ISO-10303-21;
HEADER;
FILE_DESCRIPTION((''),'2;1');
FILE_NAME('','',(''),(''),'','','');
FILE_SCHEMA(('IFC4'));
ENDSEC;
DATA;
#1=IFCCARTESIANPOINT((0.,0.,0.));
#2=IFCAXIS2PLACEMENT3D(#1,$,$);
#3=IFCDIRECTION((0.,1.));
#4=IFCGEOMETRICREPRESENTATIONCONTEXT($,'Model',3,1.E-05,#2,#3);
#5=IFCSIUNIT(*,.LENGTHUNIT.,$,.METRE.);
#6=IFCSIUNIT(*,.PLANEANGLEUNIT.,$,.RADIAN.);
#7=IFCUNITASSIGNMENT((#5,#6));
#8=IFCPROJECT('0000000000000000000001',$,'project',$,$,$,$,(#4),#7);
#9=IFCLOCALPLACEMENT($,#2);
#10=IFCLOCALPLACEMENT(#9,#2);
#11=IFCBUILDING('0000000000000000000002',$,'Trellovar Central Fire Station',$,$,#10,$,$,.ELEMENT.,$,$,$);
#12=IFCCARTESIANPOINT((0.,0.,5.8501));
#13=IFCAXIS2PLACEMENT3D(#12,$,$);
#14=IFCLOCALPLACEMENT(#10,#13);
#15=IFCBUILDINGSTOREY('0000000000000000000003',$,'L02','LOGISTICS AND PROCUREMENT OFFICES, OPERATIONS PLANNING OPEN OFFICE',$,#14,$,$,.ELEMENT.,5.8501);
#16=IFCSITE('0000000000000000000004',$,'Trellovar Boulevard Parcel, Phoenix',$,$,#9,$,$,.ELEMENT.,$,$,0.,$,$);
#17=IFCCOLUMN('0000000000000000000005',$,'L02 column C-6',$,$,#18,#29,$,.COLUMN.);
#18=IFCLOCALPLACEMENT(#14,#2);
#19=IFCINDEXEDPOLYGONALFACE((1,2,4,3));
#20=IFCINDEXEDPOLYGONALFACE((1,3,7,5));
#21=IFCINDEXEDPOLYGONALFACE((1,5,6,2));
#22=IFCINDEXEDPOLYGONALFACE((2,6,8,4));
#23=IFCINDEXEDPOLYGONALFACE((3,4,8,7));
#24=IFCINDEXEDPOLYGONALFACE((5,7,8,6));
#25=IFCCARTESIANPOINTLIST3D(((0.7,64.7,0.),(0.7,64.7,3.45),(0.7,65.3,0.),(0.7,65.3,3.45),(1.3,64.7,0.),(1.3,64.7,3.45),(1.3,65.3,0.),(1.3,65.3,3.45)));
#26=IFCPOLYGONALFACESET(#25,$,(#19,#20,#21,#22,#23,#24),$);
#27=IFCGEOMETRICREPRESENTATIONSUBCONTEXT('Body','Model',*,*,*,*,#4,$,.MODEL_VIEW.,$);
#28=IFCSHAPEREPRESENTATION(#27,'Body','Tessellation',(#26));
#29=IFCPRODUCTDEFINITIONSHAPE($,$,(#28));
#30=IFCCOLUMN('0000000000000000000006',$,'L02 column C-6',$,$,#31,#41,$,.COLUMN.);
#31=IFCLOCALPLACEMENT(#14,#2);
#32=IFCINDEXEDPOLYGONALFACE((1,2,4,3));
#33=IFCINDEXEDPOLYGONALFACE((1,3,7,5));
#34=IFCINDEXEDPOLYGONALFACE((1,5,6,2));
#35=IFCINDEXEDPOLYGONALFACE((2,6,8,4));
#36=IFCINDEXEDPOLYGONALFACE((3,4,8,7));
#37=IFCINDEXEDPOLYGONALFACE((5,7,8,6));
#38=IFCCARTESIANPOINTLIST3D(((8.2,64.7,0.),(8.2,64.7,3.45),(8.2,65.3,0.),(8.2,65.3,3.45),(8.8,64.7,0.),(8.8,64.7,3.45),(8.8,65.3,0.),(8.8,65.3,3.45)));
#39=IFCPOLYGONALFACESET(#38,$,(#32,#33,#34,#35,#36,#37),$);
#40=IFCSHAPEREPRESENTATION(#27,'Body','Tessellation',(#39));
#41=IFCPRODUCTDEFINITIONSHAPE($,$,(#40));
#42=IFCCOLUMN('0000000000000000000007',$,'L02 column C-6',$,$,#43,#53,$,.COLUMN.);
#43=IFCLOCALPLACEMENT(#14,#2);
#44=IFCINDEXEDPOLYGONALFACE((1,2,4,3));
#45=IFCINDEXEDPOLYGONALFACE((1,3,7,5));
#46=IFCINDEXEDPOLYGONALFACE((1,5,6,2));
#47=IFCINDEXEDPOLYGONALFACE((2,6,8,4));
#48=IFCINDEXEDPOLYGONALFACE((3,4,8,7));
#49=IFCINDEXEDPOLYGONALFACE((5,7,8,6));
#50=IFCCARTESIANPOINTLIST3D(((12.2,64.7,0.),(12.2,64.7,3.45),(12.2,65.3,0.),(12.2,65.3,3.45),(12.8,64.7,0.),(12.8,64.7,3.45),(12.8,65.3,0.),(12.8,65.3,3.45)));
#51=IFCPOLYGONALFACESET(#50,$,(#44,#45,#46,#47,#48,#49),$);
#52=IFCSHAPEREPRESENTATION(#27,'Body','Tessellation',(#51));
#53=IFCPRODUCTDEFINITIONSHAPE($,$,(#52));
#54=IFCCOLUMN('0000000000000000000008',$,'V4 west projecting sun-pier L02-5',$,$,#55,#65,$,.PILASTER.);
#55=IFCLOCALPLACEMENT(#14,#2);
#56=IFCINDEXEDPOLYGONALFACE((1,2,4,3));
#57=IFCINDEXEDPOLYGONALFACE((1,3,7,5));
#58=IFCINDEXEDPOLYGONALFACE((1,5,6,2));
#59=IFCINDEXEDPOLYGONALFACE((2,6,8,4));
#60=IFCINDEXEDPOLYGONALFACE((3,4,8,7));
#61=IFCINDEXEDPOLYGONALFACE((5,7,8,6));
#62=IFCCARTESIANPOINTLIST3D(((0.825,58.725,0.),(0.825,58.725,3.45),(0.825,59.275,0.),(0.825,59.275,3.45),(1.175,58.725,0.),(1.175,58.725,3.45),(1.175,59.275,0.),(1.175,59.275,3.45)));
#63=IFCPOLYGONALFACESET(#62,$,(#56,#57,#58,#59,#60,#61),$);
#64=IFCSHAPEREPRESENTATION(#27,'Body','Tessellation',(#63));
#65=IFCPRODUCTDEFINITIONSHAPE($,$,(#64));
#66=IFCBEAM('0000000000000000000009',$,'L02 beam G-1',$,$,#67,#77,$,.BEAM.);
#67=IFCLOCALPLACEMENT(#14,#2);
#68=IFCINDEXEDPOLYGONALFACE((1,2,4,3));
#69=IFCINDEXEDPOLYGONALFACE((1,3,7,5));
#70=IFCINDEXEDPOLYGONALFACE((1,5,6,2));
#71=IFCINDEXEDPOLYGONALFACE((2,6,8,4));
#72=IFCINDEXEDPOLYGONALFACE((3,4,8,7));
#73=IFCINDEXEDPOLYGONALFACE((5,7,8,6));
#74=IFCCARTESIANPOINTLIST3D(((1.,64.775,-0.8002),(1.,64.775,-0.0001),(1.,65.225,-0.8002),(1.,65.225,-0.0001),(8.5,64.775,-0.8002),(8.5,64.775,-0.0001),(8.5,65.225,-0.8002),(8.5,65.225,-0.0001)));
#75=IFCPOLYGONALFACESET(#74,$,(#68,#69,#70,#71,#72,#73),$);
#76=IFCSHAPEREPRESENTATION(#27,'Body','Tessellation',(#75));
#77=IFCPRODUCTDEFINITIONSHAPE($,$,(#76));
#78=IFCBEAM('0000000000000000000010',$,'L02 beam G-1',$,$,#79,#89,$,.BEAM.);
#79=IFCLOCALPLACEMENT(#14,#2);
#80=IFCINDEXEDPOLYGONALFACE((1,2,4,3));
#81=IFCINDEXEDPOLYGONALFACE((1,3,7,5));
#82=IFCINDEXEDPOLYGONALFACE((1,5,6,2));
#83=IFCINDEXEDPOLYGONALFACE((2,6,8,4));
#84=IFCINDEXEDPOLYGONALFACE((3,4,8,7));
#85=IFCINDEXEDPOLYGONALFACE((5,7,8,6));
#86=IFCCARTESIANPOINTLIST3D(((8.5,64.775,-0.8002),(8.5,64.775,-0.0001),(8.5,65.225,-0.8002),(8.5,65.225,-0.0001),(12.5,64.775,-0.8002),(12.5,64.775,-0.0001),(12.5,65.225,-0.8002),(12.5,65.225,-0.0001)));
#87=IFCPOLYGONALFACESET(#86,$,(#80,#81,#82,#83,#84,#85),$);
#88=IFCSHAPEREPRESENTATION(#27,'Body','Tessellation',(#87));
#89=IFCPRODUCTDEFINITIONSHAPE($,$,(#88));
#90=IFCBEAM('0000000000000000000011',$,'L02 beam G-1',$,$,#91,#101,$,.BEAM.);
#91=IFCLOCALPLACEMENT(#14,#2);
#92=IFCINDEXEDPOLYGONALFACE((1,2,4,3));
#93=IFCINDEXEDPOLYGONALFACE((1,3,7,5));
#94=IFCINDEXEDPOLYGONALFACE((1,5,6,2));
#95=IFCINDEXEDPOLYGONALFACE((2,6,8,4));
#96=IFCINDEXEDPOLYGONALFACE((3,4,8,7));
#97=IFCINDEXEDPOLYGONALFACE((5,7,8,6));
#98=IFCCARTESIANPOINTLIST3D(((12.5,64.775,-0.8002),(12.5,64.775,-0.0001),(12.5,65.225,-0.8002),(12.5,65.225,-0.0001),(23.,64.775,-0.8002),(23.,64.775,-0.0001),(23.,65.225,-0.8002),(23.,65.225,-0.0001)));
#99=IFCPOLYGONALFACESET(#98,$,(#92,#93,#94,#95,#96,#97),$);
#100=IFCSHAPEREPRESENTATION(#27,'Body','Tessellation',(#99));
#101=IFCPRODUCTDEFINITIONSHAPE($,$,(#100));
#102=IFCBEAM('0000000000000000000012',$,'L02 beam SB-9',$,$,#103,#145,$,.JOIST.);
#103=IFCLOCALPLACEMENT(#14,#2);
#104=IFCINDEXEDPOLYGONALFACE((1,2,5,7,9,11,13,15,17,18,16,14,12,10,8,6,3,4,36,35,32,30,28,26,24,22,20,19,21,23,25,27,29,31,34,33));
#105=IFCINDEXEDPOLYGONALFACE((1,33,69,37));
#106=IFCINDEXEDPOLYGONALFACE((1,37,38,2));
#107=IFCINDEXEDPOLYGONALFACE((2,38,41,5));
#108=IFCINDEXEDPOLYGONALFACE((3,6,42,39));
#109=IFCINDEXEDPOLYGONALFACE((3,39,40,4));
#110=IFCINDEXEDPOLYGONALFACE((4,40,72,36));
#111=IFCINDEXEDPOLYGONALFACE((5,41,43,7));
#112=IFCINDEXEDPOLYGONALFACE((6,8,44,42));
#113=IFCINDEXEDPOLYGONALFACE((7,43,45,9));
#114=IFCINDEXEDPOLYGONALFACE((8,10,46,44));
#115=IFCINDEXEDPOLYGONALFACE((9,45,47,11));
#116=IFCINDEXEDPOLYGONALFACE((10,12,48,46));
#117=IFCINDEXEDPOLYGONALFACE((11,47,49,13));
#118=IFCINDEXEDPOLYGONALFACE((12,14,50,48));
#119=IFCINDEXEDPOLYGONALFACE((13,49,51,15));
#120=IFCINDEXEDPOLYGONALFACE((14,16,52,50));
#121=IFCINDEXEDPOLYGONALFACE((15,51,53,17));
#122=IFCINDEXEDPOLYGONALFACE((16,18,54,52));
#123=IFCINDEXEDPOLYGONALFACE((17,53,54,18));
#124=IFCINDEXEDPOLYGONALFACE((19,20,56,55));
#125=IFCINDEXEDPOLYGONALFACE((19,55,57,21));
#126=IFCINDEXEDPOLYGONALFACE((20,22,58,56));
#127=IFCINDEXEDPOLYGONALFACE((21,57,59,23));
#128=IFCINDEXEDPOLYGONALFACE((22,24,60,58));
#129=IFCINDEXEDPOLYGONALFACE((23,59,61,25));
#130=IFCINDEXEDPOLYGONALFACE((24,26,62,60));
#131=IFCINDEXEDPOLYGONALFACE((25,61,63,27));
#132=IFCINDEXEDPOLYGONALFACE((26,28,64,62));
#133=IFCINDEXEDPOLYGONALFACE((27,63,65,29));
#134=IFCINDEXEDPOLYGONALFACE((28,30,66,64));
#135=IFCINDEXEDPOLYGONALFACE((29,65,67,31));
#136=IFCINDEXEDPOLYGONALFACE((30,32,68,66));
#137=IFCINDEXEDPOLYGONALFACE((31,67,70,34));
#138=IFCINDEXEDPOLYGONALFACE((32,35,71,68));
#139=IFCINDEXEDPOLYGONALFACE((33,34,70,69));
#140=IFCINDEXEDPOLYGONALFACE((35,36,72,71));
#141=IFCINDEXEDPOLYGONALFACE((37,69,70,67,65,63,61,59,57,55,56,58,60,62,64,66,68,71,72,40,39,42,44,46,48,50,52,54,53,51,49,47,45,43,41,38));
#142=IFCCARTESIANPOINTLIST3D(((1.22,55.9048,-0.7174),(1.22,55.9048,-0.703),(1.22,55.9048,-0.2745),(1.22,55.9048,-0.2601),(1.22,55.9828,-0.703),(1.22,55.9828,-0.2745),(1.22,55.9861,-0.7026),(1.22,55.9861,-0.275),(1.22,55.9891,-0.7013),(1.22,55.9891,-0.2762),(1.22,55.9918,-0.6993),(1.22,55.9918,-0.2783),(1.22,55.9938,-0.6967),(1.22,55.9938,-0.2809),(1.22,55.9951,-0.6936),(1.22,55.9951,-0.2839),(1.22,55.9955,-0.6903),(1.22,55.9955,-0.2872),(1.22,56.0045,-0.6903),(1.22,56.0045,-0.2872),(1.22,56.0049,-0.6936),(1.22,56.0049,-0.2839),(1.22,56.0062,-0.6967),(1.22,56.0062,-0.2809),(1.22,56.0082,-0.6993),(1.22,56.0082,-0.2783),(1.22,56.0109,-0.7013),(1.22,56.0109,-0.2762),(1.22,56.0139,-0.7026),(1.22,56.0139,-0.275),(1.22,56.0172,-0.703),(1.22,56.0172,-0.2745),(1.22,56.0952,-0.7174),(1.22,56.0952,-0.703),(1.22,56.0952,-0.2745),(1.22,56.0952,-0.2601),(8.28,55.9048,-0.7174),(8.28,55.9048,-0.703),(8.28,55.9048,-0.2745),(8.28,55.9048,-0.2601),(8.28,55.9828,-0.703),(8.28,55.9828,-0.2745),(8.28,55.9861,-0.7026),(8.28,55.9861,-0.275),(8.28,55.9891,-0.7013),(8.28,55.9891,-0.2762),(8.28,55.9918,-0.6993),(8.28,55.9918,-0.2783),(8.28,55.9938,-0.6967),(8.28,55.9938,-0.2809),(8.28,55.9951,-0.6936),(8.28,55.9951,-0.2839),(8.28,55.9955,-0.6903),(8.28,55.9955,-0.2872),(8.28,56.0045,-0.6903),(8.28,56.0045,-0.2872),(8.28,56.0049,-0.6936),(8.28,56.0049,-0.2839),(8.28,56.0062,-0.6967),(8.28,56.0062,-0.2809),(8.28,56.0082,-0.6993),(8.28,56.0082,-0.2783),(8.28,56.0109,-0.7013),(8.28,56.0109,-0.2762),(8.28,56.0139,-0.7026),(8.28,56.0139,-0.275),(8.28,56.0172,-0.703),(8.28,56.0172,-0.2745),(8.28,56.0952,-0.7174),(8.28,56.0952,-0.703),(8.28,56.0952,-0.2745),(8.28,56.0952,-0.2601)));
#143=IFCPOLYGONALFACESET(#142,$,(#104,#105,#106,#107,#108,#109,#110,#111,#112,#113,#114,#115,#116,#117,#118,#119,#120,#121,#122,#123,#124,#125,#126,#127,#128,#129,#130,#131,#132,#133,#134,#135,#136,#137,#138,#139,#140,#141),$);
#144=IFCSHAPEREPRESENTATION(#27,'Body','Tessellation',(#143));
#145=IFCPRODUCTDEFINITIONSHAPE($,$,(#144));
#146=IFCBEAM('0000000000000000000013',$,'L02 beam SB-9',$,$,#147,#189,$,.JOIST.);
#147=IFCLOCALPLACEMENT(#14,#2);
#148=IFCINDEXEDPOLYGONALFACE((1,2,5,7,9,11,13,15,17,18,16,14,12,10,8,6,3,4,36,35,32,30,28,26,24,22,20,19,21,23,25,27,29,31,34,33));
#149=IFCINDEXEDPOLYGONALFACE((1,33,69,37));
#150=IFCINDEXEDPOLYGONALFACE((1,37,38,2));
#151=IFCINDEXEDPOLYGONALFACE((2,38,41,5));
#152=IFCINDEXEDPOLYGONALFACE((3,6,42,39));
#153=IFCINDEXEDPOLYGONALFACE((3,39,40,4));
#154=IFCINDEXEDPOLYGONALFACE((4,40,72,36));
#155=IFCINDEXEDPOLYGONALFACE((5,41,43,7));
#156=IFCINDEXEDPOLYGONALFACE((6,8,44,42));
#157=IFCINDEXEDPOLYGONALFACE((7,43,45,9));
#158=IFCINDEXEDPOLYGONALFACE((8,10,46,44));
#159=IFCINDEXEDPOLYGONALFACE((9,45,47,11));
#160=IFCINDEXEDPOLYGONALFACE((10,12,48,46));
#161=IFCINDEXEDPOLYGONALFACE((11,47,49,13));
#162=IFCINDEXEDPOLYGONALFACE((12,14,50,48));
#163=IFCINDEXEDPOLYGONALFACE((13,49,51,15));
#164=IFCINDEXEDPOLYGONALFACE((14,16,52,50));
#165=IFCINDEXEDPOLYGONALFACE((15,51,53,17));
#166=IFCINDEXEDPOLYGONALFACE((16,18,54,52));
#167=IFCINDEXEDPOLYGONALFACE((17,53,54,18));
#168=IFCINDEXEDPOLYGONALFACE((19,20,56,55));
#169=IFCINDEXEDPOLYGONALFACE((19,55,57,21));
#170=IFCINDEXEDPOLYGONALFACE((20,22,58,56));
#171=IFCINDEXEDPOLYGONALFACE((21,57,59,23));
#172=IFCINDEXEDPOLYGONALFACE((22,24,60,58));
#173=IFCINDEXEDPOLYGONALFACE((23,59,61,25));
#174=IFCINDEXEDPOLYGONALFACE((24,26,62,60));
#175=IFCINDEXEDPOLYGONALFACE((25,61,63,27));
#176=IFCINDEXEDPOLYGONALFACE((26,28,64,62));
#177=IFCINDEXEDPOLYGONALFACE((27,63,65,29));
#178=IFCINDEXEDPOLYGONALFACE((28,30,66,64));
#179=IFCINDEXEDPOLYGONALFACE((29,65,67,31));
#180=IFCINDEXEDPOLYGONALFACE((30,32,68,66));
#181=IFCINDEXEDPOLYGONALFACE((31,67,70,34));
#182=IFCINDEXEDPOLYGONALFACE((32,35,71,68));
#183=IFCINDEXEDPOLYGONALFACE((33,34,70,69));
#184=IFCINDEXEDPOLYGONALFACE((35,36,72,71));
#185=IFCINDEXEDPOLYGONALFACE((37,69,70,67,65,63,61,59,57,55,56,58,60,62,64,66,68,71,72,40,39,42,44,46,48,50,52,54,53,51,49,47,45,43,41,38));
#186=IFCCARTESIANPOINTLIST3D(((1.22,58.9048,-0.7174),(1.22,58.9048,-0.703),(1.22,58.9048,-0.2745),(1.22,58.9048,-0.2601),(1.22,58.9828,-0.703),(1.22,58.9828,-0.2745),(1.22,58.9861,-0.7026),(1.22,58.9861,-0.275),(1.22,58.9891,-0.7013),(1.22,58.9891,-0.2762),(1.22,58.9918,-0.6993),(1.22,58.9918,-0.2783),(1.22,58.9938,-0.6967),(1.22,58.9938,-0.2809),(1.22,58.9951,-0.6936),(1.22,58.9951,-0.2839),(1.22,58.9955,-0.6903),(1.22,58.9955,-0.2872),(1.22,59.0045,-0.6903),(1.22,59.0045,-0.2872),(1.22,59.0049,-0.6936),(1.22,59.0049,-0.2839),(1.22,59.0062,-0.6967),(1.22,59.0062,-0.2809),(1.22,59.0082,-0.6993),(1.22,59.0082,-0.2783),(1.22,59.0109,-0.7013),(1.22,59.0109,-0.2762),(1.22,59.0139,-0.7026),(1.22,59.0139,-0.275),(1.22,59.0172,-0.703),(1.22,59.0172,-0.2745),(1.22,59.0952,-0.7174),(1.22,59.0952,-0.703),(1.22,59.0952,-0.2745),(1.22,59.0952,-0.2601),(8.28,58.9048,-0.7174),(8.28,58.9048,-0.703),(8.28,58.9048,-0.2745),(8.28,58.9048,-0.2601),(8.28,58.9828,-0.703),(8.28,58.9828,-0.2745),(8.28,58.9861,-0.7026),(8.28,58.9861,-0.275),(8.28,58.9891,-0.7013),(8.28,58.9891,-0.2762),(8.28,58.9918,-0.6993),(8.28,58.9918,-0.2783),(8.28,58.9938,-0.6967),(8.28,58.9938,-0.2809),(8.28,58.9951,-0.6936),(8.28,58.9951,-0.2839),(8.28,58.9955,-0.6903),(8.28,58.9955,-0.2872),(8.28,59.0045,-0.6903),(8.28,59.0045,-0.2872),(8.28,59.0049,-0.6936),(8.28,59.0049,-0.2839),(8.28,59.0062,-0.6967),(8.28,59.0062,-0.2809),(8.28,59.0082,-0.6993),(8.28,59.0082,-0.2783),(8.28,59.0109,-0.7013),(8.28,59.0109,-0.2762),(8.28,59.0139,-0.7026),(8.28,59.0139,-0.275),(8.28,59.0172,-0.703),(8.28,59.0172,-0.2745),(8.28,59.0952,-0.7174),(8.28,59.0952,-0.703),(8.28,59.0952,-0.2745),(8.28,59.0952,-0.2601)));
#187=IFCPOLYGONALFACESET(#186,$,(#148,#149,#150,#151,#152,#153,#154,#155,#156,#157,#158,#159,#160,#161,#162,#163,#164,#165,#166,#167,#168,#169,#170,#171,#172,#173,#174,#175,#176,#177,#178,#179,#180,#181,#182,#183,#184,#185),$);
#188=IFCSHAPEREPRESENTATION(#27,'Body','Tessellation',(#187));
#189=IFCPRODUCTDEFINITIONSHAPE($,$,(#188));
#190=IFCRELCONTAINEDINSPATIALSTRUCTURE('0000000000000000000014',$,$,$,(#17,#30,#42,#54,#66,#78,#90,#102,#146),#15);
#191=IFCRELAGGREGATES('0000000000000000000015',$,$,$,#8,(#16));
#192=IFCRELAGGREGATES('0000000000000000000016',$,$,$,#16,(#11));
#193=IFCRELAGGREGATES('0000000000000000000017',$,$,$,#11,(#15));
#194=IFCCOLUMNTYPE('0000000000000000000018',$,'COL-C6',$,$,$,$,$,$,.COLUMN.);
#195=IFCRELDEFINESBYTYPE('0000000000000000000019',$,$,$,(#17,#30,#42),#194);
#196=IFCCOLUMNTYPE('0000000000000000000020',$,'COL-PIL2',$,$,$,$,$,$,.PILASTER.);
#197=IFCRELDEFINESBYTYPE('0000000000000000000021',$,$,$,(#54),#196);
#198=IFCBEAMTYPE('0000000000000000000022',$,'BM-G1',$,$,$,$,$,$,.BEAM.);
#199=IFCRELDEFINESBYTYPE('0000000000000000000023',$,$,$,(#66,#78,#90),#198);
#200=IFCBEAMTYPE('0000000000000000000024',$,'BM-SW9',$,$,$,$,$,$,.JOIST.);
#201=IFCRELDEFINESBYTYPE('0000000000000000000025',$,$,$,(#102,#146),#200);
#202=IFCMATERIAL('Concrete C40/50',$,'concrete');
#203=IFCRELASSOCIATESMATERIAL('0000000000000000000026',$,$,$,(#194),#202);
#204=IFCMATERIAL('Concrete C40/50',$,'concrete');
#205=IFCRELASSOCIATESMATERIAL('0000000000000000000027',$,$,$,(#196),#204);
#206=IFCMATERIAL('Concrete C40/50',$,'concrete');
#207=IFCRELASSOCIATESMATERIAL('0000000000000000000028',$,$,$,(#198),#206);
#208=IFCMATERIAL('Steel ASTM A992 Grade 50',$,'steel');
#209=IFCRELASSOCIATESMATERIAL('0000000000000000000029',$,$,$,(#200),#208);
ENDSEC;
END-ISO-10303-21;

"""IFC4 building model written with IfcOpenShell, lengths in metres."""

from ifc_helpers import new_model, si_unit, direction, frame, origin, origin_2d, place, context, subcontext, project, spatial, rectangle, i_section, extrude, material, material_profile, profile_set, type_object, element, save


model = new_model("IFC4")

# Units and contexts
model_context = context("Model", 3, precision=1e-05, world=origin(), true_north=direction((0.0, 1.0)))
body_context = subcontext(model_context, "Body", "Model", "MODEL_VIEW")
ifc_project = project(units=[si_unit("LENGTHUNIT", "METRE"), si_unit("PLANEANGLEUNIT", "RADIAN")], contexts=[model_context])

# Site, building, storey
site_placement = place(None, origin())
site = spatial("IfcSite", under=ifc_project, at=site_placement, Name="Trellovar Boulevard Parcel, Phoenix", CompositionType="ELEMENT", RefElevation=0.0)
building_placement = place(site_placement, origin())
building = spatial("IfcBuilding", under=site, at=building_placement, Name="Trellovar Central Fire Station", CompositionType="ELEMENT")
storey_placement = place(building_placement, frame((0.0, 0.0, 5.8501)))
storey = spatial("IfcBuildingStorey", under=building, at=storey_placement, Name="L02", Description="LOGISTICS AND PROCUREMENT OFFICES, OPERATIONS PLANNING OPEN OFFICE", CompositionType="ELEMENT", Elevation=5.8501)

# Columns
ifc_material_1 = material(Name="Concrete C40/50", Category="concrete")
ifc_material_profile_1 = material_profile(ifc_material_1, rectangle(XDim=0.6001, YDim=0.6001, at=origin_2d()), Name="RC600X600")
ifc_profile_set_1 = profile_set([ifc_material_profile_1], Name="Concrete C40/50")
column_type_1 = type_object("IfcColumnType", Name="COL-C6", PredefinedType="COLUMN", material=ifc_profile_set_1)
for number, where, z_axis, x_axis, name in (
    (1, (1.0, 65.0, 0.0), (0.0, 0.0, 1.0), (1.0, 0.0, 0.0), "L02 column C-6"),
    (2, (8.5, 65.0, 0.0), (0.0, 0.0, 1.0), (1.0, 0.0, 0.0), "L02 column C-6"),
    (3, (12.5, 65.0, 0.0), (0.0, 0.0, 1.0), (1.0, 0.0, 0.0), "L02 column C-6"),
):
    element("IfcColumn", number, at=place(storey_placement, frame(where, z_axis=z_axis, x_axis=x_axis)), inside=storey, type_object=column_type_1, Name=name, PredefinedType="COLUMN", context=body_context, shape_type="SweptSolid", body=[
        extrude(rectangle(XDim=0.6001, YDim=0.6001, at=origin_2d()), origin(), (0.0, 0.0, 1.0), 3.45),
    ])
ifc_material_2 = material(Name="Concrete C40/50", Category="concrete")
ifc_material_profile_2 = material_profile(ifc_material_2, rectangle(XDim=0.3501, YDim=0.55, at=origin_2d()), Name="RC350X550")
ifc_profile_set_2 = profile_set([ifc_material_profile_2], Name="Concrete C40/50")
column_type_2 = type_object("IfcColumnType", Name="COL-PIL2", PredefinedType="PILASTER", material=ifc_profile_set_2)
column_placement = place(storey_placement, frame((1.0, 59.0, 0.0), z_axis=(0.0, 0.0, 1.0), x_axis=(1.0, 0.0, 0.0)))
element("IfcColumn", 4, at=column_placement, inside=storey, type_object=column_type_2, Name="V4 west projecting sun-pier L02-5", PredefinedType="PILASTER", context=body_context, shape_type="SweptSolid", body=[
    extrude(rectangle(XDim=0.3501, YDim=0.55, at=origin_2d()), origin(), (0.0, 0.0, 1.0), 3.45),
])

# Beams
ifc_material_3 = material(Name="Concrete C40/50", Category="concrete")
ifc_material_profile_3 = material_profile(ifc_material_3, rectangle(XDim=0.45, YDim=0.8, at=origin_2d()), Name="RC450X800")
ifc_profile_set_3 = profile_set([ifc_material_profile_3], Name="Concrete C40/50")
beam_type_1 = type_object("IfcBeamType", Name="BM-G1", PredefinedType="BEAM", material=ifc_profile_set_3)
beam_1_placement = place(storey_placement, frame((1.0, 65.0, -0.4001), z_axis=(1.0, 0.0, 0.0), x_axis=(0.0, 1.0, 0.0)))
element("IfcBeam", 5, at=beam_1_placement, inside=storey, type_object=beam_type_1, Name="L02 beam G-1", PredefinedType="BEAM", context=body_context, shape_type="SweptSolid", body=[
    extrude(rectangle(XDim=0.45, YDim=0.8, at=origin_2d()), origin(), (0.0, 0.0, 1.0), 7.5),
])
beam_2_placement = place(storey_placement, frame((8.5, 65.0, -0.4001), z_axis=(1.0, 0.0, 0.0), x_axis=(0.0, 1.0, 0.0)))
element("IfcBeam", 6, at=beam_2_placement, inside=storey, type_object=beam_type_1, Name="L02 beam G-1", PredefinedType="BEAM", context=body_context, shape_type="SweptSolid", body=[
    extrude(rectangle(XDim=0.45, YDim=0.8, at=origin_2d()), origin(), (0.0, 0.0, 1.0), 4.0),
])
beam_3_placement = place(storey_placement, frame((12.5, 65.0, -0.4001), z_axis=(1.0, 0.0, 0.0), x_axis=(0.0, 1.0, 0.0)))
element("IfcBeam", 7, at=beam_3_placement, inside=storey, type_object=beam_type_1, Name="L02 beam G-1", PredefinedType="BEAM", context=body_context, shape_type="SweptSolid", body=[
    extrude(rectangle(XDim=0.45, YDim=0.8, at=origin_2d()), origin(), (0.0, 0.0, 1.0), 10.5),
])
ifc_material_4 = material(Name="Steel ASTM A992 Grade 50", Category="steel")
ifc_material_profile_4 = material_profile(ifc_material_4, i_section(OverallWidth=0.1904, OverallDepth=0.4573, WebThickness=0.009, FlangeThickness=0.0144, FilletRadius=0.0127, at=origin_2d()), Name="W18X50")
ifc_profile_set_4 = profile_set([ifc_material_profile_4], Name="Steel ASTM A992 Grade 50")
beam_type_2 = type_object("IfcBeamType", Name="BM-SW9", PredefinedType="JOIST", material=ifc_profile_set_4)
for number, where, z_axis, x_axis, name in (
    (8, (1.22, 56.0, -0.4888), (1.0, 0.0, 0.0), (0.0, 1.0, 0.0), "L02 beam SB-9"),
    (9, (1.22, 59.0, -0.4888), (1.0, 0.0, 0.0), (0.0, 1.0, 0.0), "L02 beam SB-9"),
):
    element("IfcBeam", number, at=place(storey_placement, frame(where, z_axis=z_axis, x_axis=x_axis)), inside=storey, type_object=beam_type_2, Name=name, PredefinedType="JOIST", context=body_context, shape_type="SweptSolid", body=[
        extrude(i_section(OverallWidth=0.1904, OverallDepth=0.4573, WebThickness=0.009, FlangeThickness=0.0144, FilletRadius=0.0127, at=origin_2d()), origin(), (0.0, 0.0, 1.0), 7.0601),
    ])

save(model, "model.ifc")
